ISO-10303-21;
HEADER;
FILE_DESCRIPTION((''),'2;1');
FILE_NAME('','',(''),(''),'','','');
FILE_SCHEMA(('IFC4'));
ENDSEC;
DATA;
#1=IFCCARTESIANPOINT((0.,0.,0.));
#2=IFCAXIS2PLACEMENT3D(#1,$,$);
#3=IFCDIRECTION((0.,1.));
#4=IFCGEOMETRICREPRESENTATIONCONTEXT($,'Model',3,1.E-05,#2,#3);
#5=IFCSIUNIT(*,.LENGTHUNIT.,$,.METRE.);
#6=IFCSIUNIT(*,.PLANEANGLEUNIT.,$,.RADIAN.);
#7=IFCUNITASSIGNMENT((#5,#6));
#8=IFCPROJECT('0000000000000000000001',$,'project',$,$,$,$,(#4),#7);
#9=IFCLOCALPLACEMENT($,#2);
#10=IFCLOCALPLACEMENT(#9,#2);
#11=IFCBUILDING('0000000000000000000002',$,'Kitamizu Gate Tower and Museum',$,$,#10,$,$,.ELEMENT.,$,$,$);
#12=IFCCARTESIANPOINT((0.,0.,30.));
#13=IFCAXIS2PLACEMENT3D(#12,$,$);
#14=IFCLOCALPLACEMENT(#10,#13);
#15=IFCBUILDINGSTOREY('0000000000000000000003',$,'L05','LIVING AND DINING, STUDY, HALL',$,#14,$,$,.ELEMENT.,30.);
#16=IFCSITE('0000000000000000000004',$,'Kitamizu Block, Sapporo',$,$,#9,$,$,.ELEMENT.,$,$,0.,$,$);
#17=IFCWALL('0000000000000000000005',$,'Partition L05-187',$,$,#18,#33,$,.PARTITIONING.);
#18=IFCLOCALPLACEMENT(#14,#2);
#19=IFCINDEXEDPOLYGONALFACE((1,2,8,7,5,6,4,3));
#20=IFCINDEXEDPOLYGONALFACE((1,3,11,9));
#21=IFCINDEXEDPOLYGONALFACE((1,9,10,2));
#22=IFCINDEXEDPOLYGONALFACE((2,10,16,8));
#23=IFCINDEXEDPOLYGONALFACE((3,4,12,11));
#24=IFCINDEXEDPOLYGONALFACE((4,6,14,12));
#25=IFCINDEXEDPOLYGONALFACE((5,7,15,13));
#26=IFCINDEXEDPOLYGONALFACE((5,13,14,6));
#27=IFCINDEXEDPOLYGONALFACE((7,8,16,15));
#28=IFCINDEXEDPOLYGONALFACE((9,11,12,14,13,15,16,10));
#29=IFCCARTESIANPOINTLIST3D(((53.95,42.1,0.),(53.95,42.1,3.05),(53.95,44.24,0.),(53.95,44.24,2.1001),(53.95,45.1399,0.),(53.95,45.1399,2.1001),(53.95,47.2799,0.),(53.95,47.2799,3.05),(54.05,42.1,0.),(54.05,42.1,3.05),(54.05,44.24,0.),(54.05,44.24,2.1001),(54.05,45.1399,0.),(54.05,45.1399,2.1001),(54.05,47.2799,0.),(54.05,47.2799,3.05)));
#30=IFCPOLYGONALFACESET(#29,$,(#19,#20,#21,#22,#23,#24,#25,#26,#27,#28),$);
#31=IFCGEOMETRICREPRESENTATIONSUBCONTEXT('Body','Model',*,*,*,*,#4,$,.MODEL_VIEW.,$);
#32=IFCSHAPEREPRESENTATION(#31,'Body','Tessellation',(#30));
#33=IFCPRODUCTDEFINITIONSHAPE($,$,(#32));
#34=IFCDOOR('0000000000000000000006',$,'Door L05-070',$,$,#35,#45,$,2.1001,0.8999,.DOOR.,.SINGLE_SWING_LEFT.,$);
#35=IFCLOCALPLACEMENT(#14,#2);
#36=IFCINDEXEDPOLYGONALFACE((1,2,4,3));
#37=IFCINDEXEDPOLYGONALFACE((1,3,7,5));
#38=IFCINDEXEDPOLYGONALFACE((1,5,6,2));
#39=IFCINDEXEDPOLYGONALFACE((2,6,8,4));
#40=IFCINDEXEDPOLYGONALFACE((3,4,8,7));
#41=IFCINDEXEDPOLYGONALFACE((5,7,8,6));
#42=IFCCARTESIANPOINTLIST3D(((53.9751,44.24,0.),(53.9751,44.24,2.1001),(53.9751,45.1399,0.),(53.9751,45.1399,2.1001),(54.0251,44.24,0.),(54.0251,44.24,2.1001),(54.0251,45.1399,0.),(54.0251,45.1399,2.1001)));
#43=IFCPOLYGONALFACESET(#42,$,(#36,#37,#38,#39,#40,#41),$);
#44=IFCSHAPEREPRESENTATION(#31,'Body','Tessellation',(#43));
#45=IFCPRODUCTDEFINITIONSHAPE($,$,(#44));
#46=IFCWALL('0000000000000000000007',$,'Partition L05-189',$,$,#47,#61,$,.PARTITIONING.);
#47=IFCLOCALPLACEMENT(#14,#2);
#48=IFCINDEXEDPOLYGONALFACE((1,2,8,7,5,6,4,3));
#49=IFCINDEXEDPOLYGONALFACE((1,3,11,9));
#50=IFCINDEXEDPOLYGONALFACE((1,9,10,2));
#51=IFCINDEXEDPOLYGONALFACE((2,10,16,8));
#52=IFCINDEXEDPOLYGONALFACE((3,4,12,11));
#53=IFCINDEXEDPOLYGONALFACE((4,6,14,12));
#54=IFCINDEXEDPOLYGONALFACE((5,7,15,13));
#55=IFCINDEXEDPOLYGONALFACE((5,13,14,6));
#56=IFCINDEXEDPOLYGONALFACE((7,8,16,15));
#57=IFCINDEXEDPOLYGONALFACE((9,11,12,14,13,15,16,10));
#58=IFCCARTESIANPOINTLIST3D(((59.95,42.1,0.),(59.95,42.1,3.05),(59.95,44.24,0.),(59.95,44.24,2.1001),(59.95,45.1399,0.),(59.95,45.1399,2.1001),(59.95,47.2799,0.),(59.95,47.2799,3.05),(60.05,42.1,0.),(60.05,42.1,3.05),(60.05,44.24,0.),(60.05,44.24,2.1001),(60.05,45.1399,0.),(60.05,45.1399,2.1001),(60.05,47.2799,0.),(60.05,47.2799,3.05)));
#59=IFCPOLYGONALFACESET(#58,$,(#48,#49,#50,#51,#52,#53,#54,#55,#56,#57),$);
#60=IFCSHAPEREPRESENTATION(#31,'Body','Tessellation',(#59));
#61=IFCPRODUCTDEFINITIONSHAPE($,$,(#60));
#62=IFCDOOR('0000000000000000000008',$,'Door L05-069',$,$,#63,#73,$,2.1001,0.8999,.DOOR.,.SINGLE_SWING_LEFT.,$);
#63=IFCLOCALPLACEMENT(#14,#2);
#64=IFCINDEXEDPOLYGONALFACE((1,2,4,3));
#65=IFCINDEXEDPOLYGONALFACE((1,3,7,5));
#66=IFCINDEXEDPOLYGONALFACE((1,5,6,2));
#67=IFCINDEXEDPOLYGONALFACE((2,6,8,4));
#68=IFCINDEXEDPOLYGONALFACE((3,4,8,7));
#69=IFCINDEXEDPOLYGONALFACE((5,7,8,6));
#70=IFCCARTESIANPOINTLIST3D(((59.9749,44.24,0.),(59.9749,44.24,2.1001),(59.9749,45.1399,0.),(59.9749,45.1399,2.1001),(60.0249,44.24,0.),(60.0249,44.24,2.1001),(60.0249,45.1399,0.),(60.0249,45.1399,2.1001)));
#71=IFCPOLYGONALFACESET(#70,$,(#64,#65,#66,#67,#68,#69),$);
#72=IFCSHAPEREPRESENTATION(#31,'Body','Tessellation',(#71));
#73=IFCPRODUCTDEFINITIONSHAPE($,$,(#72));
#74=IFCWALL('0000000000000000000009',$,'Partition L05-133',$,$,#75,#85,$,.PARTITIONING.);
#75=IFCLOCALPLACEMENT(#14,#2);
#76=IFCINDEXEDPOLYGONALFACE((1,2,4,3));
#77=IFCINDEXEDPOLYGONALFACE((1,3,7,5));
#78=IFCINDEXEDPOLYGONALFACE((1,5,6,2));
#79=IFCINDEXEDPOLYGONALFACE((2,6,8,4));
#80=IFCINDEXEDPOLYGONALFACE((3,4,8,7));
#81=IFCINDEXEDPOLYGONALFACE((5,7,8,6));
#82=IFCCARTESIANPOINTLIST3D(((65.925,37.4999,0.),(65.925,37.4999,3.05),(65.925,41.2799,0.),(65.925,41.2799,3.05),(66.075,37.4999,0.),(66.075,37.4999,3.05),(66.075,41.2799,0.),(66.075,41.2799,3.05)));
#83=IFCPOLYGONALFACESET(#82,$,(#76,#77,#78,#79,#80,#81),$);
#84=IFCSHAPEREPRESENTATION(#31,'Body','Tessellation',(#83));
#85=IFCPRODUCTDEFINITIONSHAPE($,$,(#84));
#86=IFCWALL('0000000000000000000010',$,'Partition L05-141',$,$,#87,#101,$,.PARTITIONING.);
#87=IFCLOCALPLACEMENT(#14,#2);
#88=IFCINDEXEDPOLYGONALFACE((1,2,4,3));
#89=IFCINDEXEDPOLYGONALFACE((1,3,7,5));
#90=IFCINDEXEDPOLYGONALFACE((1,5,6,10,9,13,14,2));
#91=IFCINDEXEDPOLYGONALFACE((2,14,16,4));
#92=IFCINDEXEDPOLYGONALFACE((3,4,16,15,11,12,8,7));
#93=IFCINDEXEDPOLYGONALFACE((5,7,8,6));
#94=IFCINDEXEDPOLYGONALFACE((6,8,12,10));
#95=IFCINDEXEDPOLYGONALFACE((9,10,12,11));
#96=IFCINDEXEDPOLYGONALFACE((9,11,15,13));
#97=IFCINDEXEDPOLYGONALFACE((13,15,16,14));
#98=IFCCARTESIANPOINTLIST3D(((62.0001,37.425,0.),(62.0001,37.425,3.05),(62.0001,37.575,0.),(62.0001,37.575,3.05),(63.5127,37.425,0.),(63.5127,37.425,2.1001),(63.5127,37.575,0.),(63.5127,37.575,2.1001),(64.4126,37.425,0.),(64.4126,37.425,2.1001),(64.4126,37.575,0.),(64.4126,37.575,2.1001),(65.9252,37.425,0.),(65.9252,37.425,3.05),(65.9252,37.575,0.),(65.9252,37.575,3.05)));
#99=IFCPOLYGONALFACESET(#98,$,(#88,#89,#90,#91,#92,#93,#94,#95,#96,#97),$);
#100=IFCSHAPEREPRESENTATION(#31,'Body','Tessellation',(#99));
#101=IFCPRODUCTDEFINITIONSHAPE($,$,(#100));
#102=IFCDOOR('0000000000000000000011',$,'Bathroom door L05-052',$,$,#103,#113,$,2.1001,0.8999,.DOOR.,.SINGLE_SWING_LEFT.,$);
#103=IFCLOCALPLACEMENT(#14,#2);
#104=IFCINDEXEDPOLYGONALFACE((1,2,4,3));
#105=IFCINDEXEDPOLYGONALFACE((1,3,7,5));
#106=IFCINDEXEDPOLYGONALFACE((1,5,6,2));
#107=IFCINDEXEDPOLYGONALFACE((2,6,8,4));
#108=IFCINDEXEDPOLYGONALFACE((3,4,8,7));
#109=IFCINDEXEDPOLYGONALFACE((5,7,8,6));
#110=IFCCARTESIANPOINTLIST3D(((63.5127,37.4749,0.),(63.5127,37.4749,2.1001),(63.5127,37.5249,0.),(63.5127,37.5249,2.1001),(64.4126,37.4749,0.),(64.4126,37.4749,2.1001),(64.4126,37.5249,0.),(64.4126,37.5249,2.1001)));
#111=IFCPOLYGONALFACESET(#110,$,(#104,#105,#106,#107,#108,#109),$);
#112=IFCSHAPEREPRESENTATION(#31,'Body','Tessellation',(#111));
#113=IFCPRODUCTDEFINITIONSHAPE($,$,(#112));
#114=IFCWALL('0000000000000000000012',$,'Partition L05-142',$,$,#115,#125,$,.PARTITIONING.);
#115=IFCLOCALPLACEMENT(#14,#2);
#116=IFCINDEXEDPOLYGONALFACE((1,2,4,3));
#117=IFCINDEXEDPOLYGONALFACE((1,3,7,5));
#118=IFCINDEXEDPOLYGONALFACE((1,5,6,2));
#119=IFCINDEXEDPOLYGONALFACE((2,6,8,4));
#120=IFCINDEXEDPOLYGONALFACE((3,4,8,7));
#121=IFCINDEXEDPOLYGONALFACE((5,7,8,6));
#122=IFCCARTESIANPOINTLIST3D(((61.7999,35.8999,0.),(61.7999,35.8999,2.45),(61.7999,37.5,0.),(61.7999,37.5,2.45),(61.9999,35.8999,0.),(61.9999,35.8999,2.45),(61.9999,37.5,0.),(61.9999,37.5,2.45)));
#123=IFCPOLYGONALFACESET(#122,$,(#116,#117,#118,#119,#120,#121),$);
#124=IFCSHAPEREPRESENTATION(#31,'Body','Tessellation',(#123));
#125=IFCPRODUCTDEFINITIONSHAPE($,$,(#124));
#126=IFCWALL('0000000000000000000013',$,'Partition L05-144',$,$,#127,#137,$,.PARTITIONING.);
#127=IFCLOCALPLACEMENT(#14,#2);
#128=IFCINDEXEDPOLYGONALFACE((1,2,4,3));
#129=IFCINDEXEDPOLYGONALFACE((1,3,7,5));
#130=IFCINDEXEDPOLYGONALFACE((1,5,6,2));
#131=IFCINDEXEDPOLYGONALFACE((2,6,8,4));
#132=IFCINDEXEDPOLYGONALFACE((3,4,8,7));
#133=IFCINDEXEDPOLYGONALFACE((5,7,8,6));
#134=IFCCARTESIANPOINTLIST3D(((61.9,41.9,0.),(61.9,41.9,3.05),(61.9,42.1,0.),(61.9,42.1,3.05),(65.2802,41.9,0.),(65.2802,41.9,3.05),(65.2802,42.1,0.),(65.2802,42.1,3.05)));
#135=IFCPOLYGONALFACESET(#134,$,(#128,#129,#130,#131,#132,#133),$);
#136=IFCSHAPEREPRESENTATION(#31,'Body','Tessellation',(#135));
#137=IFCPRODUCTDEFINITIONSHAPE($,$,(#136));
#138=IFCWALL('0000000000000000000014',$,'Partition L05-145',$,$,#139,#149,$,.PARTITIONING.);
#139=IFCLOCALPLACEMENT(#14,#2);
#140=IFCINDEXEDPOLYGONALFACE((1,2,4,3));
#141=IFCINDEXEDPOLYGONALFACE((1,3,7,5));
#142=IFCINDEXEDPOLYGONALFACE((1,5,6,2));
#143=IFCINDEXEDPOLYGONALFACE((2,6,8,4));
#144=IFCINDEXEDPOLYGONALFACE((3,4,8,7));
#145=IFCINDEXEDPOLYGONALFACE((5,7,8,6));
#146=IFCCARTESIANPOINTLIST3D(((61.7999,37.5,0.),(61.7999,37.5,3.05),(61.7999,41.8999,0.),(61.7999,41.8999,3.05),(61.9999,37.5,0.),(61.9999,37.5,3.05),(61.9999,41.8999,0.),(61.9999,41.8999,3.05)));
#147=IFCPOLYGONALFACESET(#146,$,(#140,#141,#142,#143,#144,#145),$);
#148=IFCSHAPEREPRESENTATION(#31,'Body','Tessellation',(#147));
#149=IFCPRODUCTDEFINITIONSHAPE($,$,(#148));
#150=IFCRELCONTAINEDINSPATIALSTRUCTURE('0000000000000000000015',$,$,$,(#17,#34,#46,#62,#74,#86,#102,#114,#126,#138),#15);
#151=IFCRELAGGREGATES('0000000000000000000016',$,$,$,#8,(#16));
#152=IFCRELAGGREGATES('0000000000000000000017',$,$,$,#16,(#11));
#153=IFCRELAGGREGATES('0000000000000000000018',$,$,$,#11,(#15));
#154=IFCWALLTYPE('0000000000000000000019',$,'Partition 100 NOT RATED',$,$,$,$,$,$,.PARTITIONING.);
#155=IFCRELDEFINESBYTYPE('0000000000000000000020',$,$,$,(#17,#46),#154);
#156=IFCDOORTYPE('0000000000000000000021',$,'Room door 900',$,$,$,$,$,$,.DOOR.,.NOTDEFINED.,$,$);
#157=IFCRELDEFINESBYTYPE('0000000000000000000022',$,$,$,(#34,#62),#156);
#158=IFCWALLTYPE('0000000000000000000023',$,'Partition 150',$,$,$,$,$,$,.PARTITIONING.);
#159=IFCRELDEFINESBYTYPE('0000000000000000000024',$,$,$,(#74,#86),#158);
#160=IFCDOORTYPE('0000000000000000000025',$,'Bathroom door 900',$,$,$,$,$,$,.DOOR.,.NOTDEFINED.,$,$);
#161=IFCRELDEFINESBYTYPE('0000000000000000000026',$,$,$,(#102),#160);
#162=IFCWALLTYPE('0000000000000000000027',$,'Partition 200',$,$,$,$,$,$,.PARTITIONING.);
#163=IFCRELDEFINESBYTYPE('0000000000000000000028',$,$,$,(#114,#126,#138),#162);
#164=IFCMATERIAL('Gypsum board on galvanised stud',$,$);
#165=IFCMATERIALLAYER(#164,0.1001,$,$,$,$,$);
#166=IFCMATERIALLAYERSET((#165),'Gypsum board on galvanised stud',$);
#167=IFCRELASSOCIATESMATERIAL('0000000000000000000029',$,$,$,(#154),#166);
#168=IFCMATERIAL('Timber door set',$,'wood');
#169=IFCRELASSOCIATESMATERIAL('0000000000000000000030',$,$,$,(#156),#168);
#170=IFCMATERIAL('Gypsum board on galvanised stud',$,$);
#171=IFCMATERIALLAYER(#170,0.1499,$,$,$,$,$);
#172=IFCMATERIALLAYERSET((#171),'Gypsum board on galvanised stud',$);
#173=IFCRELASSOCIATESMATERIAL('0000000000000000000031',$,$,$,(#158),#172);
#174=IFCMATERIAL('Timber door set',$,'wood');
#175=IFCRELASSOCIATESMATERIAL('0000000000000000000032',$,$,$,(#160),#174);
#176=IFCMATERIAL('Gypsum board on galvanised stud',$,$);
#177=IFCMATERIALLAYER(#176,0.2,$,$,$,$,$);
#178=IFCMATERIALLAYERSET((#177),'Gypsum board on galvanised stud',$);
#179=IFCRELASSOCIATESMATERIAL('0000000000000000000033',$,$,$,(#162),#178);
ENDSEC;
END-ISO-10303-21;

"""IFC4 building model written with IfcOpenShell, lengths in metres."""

from ifc_helpers import new_model, si_unit, direction, frame, frame_2d, origin, place, context, subcontext, project, spatial, rectangle, extrude, material, layer, layer_set, type_object, element, fill, save


model = new_model("IFC4")

# Units and contexts
model_context = context("Model", 3, precision=1e-05, world=origin(), true_north=direction((0.0, 1.0)))
body_context = subcontext(model_context, "Body", "Model", "MODEL_VIEW")
ifc_project = project(units=[si_unit("LENGTHUNIT", "METRE"), si_unit("PLANEANGLEUNIT", "RADIAN")], contexts=[model_context])

# Site, building, storey
site_placement = place(None, origin())
site = spatial("IfcSite", under=ifc_project, at=site_placement, Name="Kitamizu Block, Sapporo", CompositionType="ELEMENT", RefElevation=0.0)
building_placement = place(site_placement, origin())
building = spatial("IfcBuilding", under=site, at=building_placement, Name="Kitamizu Gate Tower and Museum", CompositionType="ELEMENT")
storey_placement = place(building_placement, frame((0.0, 0.0, 30.0)))
storey = spatial("IfcBuildingStorey", under=building, at=storey_placement, Name="L05", Description="LIVING AND DINING, STUDY, HALL", CompositionType="ELEMENT", Elevation=30.0)

# Shared definitions
ifc_material_1 = material(Name="Gypsum board on galvanised stud")
ifc_layer_1 = layer(ifc_material_1, 0.1001)
ifc_layer_set_1 = layer_set([ifc_layer_1], Name="Gypsum board on galvanised stud")
wall_type_1 = type_object("IfcWallType", Name="Partition 100 NOT RATED", PredefinedType="PARTITIONING", material=ifc_layer_set_1)
ifc_material_2 = material(Name="Timber door set", Category="wood")
door_type_1 = type_object("IfcDoorType", Name="Room door 900", OperationType="NOTDEFINED", PredefinedType="DOOR", material=ifc_material_2)

# Walls, openings, doors
wall_1_placement = place(storey_placement, frame((54.0, 42.1001, 0.0), z_axis=(0.0, 0.0, 1.0), x_axis=(0.0, 1.0, 0.0)))
wall_1 = element("IfcWall", 1, at=wall_1_placement, inside=storey, type_object=wall_type_1, Name="Partition L05-187", PredefinedType="PARTITIONING", context=body_context, shape_type="SweptSolid", body=[
    extrude(rectangle(XDim=5.1799, YDim=0.1001, at=frame_2d((2.5898, 0.0))), origin(), (0.0, 0.0, 1.0), 3.05),
])
opening_1_placement = place(wall_1_placement, frame((2.1399, 0.0, 0.0)))
opening_1 = element("IfcOpeningElement", 2, at=opening_1_placement, cuts=wall_1, PredefinedType="OPENING", context=body_context, shape_type="SweptSolid", body=[
    extrude(rectangle(XDim=0.8999, YDim=2.1001, at=frame_2d((0.45, 1.05))), frame((0.0, 0.0601, 0.0), z_axis=(0.0, -1.0, 0.0), x_axis=(1.0, 0.0, 0.0)), (0.0, 0.0, 1.0), 0.1201),
])
door_1_placement = place(opening_1_placement, origin())
door_1 = element("IfcDoor", 3, at=door_1_placement, inside=storey, type_object=door_type_1, Name="Door L05-070", OperationType="SINGLE_SWING_LEFT", OverallHeight=2.1001, OverallWidth=0.8999, PredefinedType="DOOR", context=body_context, shape_type="SweptSolid", body=[
    extrude(rectangle(XDim=0.8999, YDim=2.1001, at=frame_2d((0.45, 1.05))), frame((0.0, 0.0249, 0.0), z_axis=(0.0, -1.0, 0.0), x_axis=(1.0, 0.0, 0.0)), (0.0, 0.0, 1.0), 0.05),
])
fill(opening_1, door_1)
wall_2_placement = place(storey_placement, frame((60.0, 42.1001, 0.0), z_axis=(0.0, 0.0, 1.0), x_axis=(0.0, 1.0, 0.0)))
wall_2 = element("IfcWall", 4, at=wall_2_placement, inside=storey, type_object=wall_type_1, Name="Partition L05-189", PredefinedType="PARTITIONING", context=body_context, shape_type="SweptSolid", body=[
    extrude(rectangle(XDim=5.1799, YDim=0.1001, at=frame_2d((2.5898, 0.0))), origin(), (0.0, 0.0, 1.0), 3.05),
])
opening_2_placement = place(wall_2_placement, frame((2.1399, 0.0, 0.0)))
opening_2 = element("IfcOpeningElement", 5, at=opening_2_placement, cuts=wall_2, PredefinedType="OPENING", context=body_context, shape_type="SweptSolid", body=[
    extrude(rectangle(XDim=0.8999, YDim=2.1001, at=frame_2d((0.45, 1.05))), frame((0.0, 0.0601, 0.0), z_axis=(0.0, -1.0, 0.0), x_axis=(1.0, 0.0, 0.0)), (0.0, 0.0, 1.0), 0.1201),
])
door_2_placement = place(opening_2_placement, frame((0.8999, 0.0, 0.0), x_axis=(-1.0, 0.0, 0.0)))
door_2 = element("IfcDoor", 6, at=door_2_placement, inside=storey, type_object=door_type_1, Name="Door L05-069", OperationType="SINGLE_SWING_LEFT", OverallHeight=2.1001, OverallWidth=0.8999, PredefinedType="DOOR", context=body_context, shape_type="SweptSolid", body=[
    extrude(rectangle(XDim=0.8999, YDim=2.1001, at=frame_2d((0.45, 1.05))), frame((0.0, 0.0249, 0.0), z_axis=(0.0, -1.0, 0.0), x_axis=(1.0, 0.0, 0.0)), (0.0, 0.0, 1.0), 0.05),
])
fill(opening_2, door_2)

# Wall
ifc_material_3 = material(Name="Gypsum board on galvanised stud")
ifc_layer_2 = layer(ifc_material_3, 0.1499)
ifc_layer_set_2 = layer_set([ifc_layer_2], Name="Gypsum board on galvanised stud")
wall_type_2 = type_object("IfcWallType", Name="Partition 150", PredefinedType="PARTITIONING", material=ifc_layer_set_2)
wall_3_placement = place(storey_placement, frame((66.0, 41.28, 0.0), z_axis=(0.0, 0.0, 1.0), x_axis=(0.0, -1.0, 0.0)))
element("IfcWall", 7, at=wall_3_placement, inside=storey, type_object=wall_type_2, Name="Partition L05-133", PredefinedType="PARTITIONING", context=body_context, shape_type="SweptSolid", body=[
    extrude(rectangle(XDim=3.78, YDim=0.1499, at=frame_2d((1.8901, 0.0))), origin(), (0.0, 0.0, 1.0), 3.05),
])

# Wall, opening, door
wall_4_placement = place(storey_placement, frame((65.925, 37.5, 0.0), z_axis=(0.0, 0.0, 1.0), x_axis=(-1.0, 0.0, 0.0)))
wall_4 = element("IfcWall", 8, at=wall_4_placement, inside=storey, type_object=wall_type_2, Name="Partition L05-141", PredefinedType="PARTITIONING", context=body_context, shape_type="SweptSolid", body=[
    extrude(rectangle(XDim=3.925, YDim=0.1499, at=frame_2d((1.9624, 0.0))), origin(), (0.0, 0.0, 1.0), 3.05),
])
opening_3_placement = place(wall_4_placement, frame((1.5125, 0.0, 0.0)))
opening_3 = element("IfcOpeningElement", 9, at=opening_3_placement, cuts=wall_4, PredefinedType="OPENING", context=body_context, shape_type="SweptSolid", body=[
    extrude(rectangle(XDim=0.8999, YDim=2.1001, at=frame_2d((0.45, 1.05))), frame((0.0, 0.085, 0.0), z_axis=(0.0, -1.0, 0.0), x_axis=(1.0, 0.0, 0.0)), (0.0, 0.0, 1.0), 0.1699),
])
ifc_material_4 = material(Name="Timber door set", Category="wood")
door_type_2 = type_object("IfcDoorType", Name="Bathroom door 900", OperationType="NOTDEFINED", PredefinedType="DOOR", material=ifc_material_4)
door_3_placement = place(opening_3_placement, frame((0.8999, 0.0, 0.0), x_axis=(-1.0, 0.0, 0.0)))
door_3 = element("IfcDoor", 10, at=door_3_placement, inside=storey, type_object=door_type_2, Name="Bathroom door L05-052", OperationType="SINGLE_SWING_LEFT", OverallHeight=2.1001, OverallWidth=0.8999, PredefinedType="DOOR", context=body_context, shape_type="SweptSolid", body=[
    extrude(rectangle(XDim=0.8999, YDim=2.1001, at=frame_2d((0.45, 1.05))), frame((0.0, 0.0249, 0.0), z_axis=(0.0, -1.0, 0.0), x_axis=(1.0, 0.0, 0.0)), (0.0, 0.0, 1.0), 0.05),
])
fill(opening_3, door_3)

# Walls
ifc_material_5 = material(Name="Gypsum board on galvanised stud")
ifc_layer_3 = layer(ifc_material_5, 0.2)
ifc_layer_set_3 = layer_set([ifc_layer_3], Name="Gypsum board on galvanised stud")
wall_type_3 = type_object("IfcWallType", Name="Partition 200", PredefinedType="PARTITIONING", material=ifc_layer_set_3)
wall_5_placement = place(storey_placement, frame((61.8999, 37.5, 0.0), z_axis=(0.0, 0.0, 1.0), x_axis=(0.0, -1.0, 0.0)))
element("IfcWall", 11, at=wall_5_placement, inside=storey, type_object=wall_type_3, Name="Partition L05-142", PredefinedType="PARTITIONING", context=body_context, shape_type="SweptSolid", body=[
    extrude(rectangle(XDim=1.6001, YDim=0.2, at=frame_2d((0.8, 0.0))), origin(), (0.0, 0.0, 1.0), 2.45),
])
wall_6_placement = place(storey_placement, frame((65.28, 42.0, 0.0), z_axis=(0.0, 0.0, 1.0), x_axis=(-1.0, 0.0, 0.0)))
element("IfcWall", 12, at=wall_6_placement, inside=storey, type_object=wall_type_3, Name="Partition L05-144", PredefinedType="PARTITIONING", context=body_context, shape_type="SweptSolid", body=[
    extrude(rectangle(XDim=3.3801, YDim=0.2, at=frame_2d((1.6899, 0.0))), origin(), (0.0, 0.0, 1.0), 3.05),
])
wall_7_placement = place(storey_placement, frame((61.8999, 41.8999, 0.0), z_axis=(0.0, 0.0, 1.0), x_axis=(0.0, -1.0, 0.0)))
element("IfcWall", 13, at=wall_7_placement, inside=storey, type_object=wall_type_3, Name="Partition L05-145", PredefinedType="PARTITIONING", context=body_context, shape_type="SweptSolid", body=[
    extrude(rectangle(XDim=4.3999, YDim=0.2, at=frame_2d((2.2, 0.0))), origin(), (0.0, 0.0, 1.0), 3.05),
])

save(model, "model.ifc")
